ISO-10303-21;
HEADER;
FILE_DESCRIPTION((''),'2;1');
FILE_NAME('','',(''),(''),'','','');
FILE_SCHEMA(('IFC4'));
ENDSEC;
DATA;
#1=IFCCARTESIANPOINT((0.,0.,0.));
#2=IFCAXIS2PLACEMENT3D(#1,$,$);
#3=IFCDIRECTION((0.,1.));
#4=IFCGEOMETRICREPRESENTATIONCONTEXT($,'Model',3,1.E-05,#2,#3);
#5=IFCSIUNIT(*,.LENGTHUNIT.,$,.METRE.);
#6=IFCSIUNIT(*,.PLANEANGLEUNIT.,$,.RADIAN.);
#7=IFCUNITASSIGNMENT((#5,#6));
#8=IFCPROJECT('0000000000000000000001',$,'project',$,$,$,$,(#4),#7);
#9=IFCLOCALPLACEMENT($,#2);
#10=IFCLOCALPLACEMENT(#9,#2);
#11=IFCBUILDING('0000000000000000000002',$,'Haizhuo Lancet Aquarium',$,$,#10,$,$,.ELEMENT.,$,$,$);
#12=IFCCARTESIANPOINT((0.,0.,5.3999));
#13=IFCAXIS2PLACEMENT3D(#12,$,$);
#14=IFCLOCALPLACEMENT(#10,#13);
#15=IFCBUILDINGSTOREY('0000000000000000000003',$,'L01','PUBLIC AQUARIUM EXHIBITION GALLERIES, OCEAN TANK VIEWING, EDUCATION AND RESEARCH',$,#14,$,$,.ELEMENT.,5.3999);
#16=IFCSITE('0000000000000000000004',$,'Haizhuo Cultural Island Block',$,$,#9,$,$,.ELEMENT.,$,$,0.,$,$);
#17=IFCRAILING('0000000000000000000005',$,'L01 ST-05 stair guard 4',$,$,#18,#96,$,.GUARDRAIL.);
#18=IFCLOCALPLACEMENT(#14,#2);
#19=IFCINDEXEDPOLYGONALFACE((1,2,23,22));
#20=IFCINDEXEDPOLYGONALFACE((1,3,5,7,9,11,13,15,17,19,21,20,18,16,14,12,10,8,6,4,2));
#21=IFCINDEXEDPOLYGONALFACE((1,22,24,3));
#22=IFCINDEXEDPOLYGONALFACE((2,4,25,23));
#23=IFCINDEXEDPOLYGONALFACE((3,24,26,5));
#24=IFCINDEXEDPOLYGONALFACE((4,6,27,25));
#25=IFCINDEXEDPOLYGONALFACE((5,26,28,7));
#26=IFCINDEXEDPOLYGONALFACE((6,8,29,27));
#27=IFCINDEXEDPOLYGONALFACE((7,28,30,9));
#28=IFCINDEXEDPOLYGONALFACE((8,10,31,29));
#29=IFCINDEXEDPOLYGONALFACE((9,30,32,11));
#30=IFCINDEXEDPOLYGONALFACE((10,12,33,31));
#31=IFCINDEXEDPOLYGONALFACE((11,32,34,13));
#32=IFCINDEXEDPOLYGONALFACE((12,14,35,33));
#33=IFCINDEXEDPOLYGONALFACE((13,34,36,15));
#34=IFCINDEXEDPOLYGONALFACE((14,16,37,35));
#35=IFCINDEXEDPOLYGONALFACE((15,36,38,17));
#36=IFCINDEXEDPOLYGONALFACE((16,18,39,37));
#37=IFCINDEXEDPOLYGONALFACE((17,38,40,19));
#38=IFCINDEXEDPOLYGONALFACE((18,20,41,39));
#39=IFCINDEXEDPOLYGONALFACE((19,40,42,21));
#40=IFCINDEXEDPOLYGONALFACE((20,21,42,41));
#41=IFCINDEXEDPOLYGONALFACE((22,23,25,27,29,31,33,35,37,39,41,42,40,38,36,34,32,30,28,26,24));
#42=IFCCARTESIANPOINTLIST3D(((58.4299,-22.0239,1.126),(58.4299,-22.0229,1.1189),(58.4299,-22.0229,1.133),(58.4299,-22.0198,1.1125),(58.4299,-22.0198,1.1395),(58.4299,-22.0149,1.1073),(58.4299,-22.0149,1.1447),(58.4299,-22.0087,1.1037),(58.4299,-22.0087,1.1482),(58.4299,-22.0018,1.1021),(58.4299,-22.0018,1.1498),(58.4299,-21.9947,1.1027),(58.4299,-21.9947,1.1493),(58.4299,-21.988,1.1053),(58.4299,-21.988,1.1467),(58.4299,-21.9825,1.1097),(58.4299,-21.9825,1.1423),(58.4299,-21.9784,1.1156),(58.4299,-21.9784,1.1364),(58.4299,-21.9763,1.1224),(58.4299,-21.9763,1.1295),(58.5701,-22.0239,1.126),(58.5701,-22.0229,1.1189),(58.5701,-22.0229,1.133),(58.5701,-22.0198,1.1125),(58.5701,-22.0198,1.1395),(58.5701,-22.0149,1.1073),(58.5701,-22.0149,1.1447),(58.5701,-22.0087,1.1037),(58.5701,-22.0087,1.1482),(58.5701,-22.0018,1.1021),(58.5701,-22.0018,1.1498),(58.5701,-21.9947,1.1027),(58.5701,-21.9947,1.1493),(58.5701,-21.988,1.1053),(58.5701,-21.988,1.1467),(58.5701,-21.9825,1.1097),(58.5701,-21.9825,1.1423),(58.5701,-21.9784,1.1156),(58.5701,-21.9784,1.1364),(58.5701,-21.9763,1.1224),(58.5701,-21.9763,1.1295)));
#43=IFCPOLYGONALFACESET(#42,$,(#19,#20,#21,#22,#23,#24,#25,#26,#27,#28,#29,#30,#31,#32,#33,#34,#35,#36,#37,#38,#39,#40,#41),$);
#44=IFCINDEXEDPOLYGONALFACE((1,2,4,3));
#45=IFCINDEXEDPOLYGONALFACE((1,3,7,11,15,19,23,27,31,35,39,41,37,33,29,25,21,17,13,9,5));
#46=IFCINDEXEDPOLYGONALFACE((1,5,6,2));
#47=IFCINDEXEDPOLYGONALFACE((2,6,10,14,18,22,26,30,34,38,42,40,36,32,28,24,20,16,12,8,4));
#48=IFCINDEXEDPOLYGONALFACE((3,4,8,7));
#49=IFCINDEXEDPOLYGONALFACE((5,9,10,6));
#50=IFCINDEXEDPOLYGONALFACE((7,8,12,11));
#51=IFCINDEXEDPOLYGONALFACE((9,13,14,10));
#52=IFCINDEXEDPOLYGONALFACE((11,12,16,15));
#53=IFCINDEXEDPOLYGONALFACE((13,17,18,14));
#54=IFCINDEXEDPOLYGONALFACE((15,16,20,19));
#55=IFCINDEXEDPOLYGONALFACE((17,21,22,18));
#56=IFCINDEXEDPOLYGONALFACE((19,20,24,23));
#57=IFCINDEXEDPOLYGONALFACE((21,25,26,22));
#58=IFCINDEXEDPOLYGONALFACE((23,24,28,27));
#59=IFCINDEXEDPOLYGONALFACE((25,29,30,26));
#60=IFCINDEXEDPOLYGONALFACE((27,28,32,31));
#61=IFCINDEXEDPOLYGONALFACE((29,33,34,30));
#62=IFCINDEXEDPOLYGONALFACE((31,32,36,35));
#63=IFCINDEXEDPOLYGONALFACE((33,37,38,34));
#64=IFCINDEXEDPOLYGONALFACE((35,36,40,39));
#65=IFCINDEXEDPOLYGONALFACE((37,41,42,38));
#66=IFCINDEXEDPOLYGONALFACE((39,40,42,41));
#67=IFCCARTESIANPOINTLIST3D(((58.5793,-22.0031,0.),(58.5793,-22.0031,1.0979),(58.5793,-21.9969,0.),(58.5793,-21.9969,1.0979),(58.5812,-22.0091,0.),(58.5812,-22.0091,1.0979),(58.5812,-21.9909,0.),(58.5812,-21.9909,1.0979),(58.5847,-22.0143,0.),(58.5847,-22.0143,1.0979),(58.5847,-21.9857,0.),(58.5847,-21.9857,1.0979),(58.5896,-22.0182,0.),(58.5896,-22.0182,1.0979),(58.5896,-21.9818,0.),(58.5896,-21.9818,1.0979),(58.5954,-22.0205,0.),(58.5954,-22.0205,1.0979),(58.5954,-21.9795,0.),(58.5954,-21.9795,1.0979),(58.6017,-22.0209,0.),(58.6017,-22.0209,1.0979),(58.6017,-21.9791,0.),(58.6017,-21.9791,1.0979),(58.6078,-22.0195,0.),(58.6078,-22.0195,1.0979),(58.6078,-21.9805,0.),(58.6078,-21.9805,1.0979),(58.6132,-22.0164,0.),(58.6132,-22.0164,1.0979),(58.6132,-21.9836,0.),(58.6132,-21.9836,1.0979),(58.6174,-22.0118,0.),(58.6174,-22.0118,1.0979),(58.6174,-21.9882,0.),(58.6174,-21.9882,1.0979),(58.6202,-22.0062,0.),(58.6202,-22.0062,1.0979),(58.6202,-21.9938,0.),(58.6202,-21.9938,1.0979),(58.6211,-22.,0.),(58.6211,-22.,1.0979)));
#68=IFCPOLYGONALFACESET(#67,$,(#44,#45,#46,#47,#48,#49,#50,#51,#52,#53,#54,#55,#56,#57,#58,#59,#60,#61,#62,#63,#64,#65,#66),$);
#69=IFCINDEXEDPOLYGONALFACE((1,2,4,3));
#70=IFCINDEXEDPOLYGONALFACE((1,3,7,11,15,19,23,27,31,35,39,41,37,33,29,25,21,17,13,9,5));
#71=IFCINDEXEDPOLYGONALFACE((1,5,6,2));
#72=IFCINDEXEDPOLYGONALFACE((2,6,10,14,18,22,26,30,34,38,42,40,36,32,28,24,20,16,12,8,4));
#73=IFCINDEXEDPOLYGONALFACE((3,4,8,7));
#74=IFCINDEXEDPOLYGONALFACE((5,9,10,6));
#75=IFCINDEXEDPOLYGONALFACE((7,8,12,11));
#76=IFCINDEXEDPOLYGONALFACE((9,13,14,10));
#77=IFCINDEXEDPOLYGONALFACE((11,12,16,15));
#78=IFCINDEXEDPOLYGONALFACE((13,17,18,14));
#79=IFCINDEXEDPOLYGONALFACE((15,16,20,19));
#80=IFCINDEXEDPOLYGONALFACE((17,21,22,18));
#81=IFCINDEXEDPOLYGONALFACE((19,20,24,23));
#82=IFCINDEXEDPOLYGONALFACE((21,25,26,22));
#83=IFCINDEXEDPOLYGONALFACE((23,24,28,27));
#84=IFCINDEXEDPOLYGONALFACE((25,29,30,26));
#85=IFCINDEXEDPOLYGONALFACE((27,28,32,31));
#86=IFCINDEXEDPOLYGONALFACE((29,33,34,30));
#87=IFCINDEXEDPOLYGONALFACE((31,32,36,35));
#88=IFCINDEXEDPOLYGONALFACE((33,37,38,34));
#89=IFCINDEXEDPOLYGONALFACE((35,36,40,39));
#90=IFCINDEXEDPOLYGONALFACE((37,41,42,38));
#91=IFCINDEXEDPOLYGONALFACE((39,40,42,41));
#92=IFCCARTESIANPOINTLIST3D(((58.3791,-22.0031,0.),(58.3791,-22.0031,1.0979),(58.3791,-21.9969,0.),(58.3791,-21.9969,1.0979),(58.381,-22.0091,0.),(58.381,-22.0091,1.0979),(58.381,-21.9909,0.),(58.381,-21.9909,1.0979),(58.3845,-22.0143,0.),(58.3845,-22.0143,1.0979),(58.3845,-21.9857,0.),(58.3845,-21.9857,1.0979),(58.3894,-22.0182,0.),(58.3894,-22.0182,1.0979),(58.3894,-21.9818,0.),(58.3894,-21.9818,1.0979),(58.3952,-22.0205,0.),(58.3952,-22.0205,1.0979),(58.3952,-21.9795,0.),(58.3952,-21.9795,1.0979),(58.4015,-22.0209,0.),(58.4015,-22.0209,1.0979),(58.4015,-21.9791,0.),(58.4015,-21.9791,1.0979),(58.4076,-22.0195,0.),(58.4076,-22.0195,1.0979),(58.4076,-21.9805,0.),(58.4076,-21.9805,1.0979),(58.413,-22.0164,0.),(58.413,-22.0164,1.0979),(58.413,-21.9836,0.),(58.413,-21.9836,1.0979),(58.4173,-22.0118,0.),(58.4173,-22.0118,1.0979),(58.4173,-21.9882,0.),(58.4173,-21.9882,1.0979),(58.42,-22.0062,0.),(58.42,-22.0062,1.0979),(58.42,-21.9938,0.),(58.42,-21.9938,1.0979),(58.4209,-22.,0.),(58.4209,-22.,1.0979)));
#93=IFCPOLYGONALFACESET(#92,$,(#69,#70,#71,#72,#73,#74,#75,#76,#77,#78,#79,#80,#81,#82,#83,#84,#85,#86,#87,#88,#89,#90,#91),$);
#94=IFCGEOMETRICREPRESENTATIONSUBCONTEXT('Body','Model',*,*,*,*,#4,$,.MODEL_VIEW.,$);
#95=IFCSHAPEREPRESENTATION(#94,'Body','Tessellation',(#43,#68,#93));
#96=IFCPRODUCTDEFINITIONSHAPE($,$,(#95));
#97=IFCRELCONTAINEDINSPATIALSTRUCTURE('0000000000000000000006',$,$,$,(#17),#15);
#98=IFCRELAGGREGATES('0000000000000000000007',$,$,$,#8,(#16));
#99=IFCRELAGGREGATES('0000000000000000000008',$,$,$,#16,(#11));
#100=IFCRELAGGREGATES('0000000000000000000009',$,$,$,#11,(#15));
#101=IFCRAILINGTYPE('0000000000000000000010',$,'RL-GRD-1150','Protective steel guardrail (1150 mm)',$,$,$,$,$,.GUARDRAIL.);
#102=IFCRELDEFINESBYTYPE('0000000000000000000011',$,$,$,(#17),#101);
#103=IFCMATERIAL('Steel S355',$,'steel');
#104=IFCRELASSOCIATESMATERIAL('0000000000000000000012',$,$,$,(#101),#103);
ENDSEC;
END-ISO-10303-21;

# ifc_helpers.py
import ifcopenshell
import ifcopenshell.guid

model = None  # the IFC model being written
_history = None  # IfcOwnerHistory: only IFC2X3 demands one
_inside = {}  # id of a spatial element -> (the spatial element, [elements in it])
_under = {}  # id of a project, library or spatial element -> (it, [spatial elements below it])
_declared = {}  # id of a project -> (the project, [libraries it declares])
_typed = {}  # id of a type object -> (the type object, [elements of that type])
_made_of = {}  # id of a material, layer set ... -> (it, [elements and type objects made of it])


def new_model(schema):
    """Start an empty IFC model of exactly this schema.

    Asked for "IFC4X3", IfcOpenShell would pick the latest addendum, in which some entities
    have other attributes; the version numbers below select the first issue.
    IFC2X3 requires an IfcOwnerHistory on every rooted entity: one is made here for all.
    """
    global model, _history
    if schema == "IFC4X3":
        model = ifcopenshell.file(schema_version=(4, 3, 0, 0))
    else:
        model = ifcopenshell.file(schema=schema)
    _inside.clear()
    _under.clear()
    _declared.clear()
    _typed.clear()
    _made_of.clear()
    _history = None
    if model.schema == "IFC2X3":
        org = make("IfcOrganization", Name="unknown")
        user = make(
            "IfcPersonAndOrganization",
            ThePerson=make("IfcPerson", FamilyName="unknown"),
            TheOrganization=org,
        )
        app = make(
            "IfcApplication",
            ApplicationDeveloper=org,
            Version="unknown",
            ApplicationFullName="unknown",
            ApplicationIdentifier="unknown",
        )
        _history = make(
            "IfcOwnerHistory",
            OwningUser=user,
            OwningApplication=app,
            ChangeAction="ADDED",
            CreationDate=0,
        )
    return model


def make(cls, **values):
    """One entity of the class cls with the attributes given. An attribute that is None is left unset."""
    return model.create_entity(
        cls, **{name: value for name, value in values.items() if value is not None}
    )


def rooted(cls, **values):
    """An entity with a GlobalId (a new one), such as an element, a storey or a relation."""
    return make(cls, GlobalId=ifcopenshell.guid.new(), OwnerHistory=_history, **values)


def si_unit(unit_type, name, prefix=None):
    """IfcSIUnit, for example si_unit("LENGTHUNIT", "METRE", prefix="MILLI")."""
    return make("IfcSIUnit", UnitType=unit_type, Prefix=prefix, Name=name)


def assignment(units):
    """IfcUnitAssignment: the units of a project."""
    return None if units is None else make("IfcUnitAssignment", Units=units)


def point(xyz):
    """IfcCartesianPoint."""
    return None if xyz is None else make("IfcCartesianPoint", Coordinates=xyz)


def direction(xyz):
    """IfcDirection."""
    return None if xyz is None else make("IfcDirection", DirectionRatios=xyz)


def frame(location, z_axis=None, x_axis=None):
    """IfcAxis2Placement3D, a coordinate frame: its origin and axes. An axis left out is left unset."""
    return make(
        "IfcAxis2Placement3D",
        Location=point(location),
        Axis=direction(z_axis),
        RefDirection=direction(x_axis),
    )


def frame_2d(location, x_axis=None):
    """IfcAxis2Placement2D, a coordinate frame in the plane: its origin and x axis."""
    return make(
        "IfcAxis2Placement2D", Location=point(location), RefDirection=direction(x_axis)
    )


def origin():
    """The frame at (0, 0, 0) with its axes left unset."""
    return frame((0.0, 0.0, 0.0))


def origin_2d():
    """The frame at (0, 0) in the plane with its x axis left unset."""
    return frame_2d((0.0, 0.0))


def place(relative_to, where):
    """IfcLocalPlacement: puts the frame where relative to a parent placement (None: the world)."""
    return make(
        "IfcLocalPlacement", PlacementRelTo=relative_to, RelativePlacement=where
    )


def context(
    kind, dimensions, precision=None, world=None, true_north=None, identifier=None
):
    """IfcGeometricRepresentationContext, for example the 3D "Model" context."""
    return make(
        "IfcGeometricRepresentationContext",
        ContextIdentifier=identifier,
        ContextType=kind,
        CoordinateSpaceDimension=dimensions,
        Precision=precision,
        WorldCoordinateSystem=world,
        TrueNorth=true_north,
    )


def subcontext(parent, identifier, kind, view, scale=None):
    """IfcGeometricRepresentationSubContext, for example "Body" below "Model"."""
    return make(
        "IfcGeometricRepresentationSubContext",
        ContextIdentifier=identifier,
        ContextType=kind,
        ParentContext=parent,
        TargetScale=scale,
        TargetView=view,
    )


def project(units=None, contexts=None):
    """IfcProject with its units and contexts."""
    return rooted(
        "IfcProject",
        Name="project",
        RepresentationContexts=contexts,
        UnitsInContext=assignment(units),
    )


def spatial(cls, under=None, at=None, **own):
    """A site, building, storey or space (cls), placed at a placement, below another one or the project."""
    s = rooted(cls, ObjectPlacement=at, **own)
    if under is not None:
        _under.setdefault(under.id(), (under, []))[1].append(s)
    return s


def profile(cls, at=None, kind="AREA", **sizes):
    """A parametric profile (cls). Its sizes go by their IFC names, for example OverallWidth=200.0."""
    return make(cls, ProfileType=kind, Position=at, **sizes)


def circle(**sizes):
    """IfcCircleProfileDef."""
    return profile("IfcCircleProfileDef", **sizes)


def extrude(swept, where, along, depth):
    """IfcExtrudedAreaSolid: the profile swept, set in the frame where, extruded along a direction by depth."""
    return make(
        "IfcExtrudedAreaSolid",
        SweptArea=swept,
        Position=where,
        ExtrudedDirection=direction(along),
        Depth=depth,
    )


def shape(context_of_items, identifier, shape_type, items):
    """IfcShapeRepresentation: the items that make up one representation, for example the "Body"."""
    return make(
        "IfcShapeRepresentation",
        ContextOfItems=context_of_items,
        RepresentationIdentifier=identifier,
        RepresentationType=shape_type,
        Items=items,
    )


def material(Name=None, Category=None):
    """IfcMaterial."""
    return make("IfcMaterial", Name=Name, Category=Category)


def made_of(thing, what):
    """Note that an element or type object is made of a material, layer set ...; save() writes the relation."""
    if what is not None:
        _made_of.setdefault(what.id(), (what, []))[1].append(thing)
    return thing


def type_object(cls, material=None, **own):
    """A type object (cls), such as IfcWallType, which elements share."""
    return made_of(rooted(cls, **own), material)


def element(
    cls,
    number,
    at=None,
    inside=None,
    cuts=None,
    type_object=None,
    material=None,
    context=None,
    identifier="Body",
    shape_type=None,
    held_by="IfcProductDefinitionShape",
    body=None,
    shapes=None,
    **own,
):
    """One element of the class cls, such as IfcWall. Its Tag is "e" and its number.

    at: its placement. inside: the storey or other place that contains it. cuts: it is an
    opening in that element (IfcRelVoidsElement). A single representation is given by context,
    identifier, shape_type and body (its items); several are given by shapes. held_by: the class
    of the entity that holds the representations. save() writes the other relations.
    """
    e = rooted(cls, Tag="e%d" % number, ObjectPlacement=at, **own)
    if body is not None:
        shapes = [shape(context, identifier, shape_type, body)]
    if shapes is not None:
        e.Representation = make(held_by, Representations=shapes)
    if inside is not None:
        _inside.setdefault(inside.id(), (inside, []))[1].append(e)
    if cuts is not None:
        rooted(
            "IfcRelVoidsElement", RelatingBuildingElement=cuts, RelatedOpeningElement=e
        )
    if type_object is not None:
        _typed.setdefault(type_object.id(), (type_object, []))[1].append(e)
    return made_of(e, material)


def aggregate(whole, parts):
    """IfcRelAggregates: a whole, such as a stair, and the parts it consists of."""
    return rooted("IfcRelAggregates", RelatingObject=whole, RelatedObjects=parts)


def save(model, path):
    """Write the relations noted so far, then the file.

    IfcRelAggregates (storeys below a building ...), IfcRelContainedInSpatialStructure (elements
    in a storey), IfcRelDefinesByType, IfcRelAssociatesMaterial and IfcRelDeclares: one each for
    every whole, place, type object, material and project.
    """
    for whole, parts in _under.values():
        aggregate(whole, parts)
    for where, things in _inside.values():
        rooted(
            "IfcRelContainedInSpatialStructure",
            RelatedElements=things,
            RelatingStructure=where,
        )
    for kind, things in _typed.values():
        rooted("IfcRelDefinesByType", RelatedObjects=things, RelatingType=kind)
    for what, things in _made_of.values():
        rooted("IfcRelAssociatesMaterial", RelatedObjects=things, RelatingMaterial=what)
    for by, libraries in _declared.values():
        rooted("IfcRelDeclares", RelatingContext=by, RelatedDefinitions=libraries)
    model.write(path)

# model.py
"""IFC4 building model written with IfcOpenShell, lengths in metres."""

from ifc_helpers import new_model, si_unit, direction, frame, origin, origin_2d, place, context, subcontext, project, spatial, circle, extrude, material, type_object, element, save


model = new_model("IFC4")

# Units and contexts
model_context = context("Model", 3, precision=1e-05, world=origin(), true_north=direction((0.0, 1.0)))
body_context = subcontext(model_context, "Body", "Model", "MODEL_VIEW")
ifc_project = project(units=[si_unit("LENGTHUNIT", "METRE"), si_unit("PLANEANGLEUNIT", "RADIAN")], contexts=[model_context])

# Site, building, storey
site_placement = place(None, origin())
site = spatial("IfcSite", under=ifc_project, at=site_placement, Name="Haizhuo Cultural Island Block", CompositionType="ELEMENT", RefElevation=0.0)
building_placement = place(site_placement, origin())
building = spatial("IfcBuilding", under=site, at=building_placement, Name="Haizhuo Lancet Aquarium", CompositionType="ELEMENT")
storey_placement = place(building_placement, frame((0.0, 0.0, 5.3999)))
storey = spatial("IfcBuildingStorey", under=building, at=storey_placement, Name="L01", Description="PUBLIC AQUARIUM EXHIBITION GALLERIES, OCEAN TANK VIEWING, EDUCATION AND RESEARCH", CompositionType="ELEMENT", Elevation=5.3999)

# Shared definitions
ifc_material_1 = material(Name="Steel S355", Category="steel")

# Railing
railing_type_1 = type_object("IfcRailingType", Name="RL-GRD-1150", Description="Protective steel guardrail (1150 mm)", PredefinedType="GUARDRAIL", material=ifc_material_1)
railing_1_placement = place(storey_placement, frame((58.6001, -22.0, 0.0)))
element("IfcRailing", 1, at=railing_1_placement, inside=storey, type_object=railing_type_1, Name="L01 ST-05 stair guard 4", PredefinedType="GUARDRAIL", context=body_context, shape_type="SweptSolid", body=[
    extrude(circle(Radius=0.0239, at=origin_2d()), frame((-0.03, 0.0, 1.126), z_axis=(-1.0, 0.0, 0.0), x_axis=(0.0, -1.0, 0.0)), (0.0, 0.0, 1.0), 0.1401),
    extrude(circle(Radius=0.021, at=origin_2d()), origin(), (0.0, 0.0, 1.0), 1.0979),
    extrude(circle(Radius=0.021, at=origin_2d()), frame((-0.2002, 0.0, 0.0)), (0.0, 0.0, 1.0), 1.0979),
])

save(model, "model.ifc")
